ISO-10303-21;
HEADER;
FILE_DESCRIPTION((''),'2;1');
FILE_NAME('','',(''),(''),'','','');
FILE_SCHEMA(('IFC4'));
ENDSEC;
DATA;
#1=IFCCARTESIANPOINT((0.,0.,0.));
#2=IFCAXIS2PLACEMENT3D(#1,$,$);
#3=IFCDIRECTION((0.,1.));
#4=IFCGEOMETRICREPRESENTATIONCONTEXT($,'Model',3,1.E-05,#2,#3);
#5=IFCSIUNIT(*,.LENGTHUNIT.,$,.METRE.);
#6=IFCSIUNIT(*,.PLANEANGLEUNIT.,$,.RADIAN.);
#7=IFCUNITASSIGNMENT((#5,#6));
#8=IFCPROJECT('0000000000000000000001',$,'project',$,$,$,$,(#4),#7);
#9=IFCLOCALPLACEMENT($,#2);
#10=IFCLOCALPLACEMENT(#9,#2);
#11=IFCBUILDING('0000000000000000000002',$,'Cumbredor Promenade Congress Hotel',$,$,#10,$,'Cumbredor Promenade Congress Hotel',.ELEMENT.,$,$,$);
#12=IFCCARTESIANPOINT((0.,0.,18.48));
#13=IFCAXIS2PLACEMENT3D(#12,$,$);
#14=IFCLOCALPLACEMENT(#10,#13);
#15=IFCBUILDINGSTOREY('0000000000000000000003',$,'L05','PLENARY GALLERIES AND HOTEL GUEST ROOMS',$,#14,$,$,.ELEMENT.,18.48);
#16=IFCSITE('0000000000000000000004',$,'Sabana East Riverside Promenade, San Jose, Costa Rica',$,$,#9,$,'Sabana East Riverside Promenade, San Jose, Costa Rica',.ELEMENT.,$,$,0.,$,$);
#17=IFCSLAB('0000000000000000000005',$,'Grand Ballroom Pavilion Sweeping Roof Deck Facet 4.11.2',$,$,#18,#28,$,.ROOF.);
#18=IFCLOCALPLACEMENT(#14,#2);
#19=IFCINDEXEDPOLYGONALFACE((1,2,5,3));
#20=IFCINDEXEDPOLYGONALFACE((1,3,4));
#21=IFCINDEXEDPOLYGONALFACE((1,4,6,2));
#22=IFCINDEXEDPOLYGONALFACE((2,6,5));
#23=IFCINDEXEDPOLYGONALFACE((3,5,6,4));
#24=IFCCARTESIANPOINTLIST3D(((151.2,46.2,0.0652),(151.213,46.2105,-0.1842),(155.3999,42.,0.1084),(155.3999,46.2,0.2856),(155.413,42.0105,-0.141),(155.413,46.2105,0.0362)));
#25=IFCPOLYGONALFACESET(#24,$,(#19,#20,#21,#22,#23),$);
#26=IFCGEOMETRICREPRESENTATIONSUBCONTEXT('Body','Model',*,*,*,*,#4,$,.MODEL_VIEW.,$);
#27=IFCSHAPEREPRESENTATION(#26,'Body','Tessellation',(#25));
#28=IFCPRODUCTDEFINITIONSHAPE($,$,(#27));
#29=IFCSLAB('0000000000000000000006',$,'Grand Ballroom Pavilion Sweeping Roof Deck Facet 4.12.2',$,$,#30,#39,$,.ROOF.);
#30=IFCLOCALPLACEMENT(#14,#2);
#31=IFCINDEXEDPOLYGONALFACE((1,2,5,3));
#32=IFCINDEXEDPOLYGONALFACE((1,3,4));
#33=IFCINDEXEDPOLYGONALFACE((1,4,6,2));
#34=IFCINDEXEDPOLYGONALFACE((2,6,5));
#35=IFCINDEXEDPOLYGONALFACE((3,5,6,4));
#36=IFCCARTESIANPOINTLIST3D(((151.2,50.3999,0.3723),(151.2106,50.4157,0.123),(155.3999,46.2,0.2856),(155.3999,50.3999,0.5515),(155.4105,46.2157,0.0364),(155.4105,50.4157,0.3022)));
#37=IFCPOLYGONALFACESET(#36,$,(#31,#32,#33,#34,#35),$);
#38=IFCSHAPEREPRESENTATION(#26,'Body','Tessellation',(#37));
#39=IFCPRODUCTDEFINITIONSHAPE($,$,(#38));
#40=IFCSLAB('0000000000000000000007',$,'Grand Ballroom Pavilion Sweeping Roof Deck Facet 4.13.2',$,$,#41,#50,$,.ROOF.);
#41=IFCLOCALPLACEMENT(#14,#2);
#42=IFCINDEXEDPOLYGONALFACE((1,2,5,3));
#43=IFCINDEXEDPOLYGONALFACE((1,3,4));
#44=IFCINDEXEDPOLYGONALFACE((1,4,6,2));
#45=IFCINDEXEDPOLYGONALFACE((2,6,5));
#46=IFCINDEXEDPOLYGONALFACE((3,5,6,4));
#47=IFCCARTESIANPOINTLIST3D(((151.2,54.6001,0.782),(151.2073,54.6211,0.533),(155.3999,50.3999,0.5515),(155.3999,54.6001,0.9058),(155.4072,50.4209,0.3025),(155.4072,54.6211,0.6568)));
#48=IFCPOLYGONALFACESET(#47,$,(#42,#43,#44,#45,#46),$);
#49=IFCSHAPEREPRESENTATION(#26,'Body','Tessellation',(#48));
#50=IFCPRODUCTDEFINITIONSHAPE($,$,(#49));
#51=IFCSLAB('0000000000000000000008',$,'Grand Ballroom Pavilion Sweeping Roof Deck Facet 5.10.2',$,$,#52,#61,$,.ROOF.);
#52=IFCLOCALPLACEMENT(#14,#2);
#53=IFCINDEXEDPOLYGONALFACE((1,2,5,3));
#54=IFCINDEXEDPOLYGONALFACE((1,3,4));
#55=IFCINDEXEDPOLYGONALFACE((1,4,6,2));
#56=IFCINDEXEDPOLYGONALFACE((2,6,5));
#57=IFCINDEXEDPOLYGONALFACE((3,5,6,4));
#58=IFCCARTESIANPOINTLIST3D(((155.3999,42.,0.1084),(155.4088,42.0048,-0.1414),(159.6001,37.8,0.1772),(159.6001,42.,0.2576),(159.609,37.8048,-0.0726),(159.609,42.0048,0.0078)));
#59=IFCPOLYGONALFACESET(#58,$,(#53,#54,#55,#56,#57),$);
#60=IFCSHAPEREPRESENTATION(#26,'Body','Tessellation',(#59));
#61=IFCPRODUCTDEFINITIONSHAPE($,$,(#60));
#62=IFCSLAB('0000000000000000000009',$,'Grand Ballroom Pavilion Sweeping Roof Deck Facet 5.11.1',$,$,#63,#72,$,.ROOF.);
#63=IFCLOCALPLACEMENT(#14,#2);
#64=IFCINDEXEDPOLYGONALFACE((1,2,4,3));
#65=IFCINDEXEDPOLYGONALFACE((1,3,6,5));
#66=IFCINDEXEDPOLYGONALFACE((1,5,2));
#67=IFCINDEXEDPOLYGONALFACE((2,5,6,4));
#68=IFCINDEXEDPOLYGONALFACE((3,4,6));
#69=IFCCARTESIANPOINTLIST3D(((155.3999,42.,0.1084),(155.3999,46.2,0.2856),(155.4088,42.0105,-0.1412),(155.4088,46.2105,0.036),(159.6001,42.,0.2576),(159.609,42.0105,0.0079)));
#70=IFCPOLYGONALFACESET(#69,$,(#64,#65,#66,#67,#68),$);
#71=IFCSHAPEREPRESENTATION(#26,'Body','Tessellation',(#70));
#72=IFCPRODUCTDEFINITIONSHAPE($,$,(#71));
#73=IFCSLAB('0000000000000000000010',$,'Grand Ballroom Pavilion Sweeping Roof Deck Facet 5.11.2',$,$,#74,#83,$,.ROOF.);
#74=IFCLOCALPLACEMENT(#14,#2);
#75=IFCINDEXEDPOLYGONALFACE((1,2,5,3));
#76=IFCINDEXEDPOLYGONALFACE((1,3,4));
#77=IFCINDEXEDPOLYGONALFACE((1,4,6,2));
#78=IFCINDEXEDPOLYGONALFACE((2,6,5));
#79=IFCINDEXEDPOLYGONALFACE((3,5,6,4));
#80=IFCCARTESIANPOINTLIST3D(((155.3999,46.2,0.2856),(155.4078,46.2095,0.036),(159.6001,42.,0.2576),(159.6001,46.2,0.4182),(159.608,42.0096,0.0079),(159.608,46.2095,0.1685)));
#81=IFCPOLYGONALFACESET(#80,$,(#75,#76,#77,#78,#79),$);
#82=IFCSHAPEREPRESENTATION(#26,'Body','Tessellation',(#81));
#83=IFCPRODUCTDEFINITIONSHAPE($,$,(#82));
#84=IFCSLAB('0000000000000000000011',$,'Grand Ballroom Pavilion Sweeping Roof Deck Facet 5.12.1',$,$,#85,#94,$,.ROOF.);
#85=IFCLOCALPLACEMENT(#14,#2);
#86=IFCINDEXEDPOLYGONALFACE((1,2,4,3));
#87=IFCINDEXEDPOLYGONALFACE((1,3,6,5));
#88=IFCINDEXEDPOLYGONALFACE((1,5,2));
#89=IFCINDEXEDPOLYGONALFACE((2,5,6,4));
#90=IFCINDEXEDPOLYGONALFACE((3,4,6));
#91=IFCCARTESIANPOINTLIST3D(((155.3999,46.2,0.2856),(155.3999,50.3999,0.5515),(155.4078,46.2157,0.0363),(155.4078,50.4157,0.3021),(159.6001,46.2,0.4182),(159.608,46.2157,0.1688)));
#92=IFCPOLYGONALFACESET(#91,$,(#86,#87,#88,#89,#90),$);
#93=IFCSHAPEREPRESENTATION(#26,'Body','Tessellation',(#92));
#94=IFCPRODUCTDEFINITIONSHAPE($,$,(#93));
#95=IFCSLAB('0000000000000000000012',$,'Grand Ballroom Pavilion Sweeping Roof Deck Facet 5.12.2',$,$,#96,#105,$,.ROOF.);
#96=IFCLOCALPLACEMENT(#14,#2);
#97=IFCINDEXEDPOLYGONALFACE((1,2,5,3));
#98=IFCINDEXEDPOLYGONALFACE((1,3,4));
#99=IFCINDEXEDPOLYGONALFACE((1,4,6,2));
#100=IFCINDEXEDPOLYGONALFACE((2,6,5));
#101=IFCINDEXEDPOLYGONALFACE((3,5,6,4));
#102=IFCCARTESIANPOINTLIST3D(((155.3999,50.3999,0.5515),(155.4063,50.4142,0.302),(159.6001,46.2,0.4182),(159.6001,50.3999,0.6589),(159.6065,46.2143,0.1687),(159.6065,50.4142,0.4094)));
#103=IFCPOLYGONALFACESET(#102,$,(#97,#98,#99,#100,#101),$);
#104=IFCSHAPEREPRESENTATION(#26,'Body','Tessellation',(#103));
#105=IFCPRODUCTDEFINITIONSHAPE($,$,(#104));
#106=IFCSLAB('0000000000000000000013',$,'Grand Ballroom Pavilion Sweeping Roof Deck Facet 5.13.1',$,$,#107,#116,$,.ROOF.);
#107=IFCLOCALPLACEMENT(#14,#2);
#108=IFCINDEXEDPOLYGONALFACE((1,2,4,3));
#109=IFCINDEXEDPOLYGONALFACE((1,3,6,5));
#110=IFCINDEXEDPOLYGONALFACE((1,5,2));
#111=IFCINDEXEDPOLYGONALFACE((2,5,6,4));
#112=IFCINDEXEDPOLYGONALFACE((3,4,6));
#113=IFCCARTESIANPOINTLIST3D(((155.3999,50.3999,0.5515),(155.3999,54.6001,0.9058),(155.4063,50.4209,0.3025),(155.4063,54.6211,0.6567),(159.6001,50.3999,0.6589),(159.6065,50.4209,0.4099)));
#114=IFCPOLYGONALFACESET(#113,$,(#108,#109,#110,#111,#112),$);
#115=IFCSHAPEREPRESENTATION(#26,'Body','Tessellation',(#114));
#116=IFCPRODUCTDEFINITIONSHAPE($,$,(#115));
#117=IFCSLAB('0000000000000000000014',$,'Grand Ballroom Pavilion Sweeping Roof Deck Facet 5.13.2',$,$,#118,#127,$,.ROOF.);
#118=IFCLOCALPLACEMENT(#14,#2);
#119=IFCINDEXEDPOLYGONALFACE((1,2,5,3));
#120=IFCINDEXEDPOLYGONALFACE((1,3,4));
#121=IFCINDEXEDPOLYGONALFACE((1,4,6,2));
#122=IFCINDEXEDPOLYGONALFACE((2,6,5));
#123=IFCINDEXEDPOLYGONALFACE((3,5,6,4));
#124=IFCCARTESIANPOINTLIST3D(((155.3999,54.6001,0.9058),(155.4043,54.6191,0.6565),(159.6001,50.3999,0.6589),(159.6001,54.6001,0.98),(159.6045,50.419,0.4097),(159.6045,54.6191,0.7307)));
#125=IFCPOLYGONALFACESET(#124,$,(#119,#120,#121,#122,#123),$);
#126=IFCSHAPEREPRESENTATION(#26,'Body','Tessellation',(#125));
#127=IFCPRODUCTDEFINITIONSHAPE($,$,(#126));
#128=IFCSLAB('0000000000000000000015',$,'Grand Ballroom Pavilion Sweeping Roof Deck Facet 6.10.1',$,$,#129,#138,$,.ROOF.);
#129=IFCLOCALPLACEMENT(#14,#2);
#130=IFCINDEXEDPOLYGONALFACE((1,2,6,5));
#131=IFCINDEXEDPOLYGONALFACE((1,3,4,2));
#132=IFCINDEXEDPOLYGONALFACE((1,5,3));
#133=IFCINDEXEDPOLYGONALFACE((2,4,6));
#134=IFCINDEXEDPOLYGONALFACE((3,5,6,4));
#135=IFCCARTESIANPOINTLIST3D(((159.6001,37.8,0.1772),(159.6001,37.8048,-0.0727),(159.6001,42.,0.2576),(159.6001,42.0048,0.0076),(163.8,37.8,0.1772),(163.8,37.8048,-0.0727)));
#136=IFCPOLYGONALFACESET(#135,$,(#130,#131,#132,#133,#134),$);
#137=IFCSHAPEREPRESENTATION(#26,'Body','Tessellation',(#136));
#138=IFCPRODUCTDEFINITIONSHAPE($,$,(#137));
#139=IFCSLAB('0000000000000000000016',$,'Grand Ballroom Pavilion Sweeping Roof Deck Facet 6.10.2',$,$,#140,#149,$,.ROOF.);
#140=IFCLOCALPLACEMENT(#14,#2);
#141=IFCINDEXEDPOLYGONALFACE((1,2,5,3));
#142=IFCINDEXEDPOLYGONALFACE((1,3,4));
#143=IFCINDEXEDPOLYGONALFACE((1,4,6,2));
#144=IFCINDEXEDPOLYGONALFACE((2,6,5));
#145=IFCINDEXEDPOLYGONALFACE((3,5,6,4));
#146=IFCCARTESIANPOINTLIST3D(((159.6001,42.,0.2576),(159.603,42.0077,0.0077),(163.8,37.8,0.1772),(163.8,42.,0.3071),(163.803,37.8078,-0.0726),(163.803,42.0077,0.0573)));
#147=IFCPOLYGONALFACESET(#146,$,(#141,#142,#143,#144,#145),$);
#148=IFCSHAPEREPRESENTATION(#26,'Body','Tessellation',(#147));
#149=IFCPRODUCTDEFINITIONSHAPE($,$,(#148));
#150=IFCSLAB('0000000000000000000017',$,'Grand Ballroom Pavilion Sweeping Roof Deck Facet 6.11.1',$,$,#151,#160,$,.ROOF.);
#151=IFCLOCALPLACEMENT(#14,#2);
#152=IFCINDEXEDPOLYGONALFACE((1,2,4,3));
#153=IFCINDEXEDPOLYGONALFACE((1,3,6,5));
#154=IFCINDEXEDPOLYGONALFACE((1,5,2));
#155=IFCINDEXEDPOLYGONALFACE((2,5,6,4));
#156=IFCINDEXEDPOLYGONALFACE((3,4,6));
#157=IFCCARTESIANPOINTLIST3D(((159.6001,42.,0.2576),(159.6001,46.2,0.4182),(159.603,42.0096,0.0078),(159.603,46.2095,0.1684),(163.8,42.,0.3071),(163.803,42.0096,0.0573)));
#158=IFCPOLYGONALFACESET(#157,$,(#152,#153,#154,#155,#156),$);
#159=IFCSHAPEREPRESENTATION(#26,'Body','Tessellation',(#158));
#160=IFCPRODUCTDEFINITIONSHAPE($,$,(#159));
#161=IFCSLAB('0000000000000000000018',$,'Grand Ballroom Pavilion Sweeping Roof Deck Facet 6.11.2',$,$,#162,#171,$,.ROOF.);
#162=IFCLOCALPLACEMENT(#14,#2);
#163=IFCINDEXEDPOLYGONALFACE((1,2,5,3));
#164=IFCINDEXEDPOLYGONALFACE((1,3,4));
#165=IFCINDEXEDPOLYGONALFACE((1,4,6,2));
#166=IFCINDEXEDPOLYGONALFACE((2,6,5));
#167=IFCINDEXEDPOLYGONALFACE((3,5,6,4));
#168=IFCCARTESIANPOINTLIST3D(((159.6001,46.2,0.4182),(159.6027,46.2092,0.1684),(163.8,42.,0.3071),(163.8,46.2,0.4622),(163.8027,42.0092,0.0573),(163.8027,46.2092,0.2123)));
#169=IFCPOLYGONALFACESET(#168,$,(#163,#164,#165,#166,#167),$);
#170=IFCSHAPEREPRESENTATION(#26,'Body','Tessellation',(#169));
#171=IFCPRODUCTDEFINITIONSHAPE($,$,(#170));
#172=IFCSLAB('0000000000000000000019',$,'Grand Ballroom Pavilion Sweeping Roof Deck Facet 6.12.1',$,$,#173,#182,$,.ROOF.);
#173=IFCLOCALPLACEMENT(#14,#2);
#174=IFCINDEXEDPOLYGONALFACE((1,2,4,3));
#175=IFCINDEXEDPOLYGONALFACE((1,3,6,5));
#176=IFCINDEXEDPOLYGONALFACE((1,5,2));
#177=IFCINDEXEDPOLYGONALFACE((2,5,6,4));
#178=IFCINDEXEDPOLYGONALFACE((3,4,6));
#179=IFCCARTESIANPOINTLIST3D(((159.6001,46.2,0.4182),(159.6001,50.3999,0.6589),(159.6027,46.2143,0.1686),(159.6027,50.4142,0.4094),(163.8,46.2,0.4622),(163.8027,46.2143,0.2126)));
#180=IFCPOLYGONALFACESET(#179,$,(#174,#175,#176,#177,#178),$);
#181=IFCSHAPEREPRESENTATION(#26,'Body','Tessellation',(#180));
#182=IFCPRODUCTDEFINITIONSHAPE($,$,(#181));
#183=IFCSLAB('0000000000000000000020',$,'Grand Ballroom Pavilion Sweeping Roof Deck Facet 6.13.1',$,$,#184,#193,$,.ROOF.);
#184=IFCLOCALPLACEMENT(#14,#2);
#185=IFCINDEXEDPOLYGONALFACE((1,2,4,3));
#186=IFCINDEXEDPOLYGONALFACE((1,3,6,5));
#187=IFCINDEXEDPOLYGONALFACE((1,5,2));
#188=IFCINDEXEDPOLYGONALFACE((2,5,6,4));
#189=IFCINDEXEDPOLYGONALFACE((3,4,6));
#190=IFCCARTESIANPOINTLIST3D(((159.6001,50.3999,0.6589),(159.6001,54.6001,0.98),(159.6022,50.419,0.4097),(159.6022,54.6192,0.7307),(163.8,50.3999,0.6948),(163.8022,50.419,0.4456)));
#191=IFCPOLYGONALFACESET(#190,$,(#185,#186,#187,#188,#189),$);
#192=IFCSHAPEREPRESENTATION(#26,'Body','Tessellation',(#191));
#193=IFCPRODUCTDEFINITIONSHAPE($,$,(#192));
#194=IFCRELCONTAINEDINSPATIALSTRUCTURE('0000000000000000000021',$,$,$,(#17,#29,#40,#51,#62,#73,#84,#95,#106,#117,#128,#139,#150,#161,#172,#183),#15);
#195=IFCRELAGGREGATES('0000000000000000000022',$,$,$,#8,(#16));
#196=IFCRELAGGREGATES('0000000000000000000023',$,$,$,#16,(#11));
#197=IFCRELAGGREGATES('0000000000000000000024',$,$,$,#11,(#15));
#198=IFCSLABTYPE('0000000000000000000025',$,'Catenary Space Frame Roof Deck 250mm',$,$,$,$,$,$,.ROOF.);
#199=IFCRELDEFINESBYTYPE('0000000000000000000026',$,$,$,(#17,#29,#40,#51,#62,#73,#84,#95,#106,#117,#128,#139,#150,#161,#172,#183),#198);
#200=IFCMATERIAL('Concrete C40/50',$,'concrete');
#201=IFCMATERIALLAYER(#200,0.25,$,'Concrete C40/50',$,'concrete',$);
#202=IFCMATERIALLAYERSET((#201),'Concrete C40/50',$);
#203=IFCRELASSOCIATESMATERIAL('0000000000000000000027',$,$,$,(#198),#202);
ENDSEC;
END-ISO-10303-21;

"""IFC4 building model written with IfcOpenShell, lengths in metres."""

from ifc_helpers import new_model, si_unit, direction, frame, origin, place, context, subcontext, project, spatial, polyline, outline, extrude, material, layer, layer_set, type_object, element, save


model = new_model("IFC4")

# Units and contexts
model_context = context("Model", 3, precision=1e-05, world=origin(), true_north=direction((0.0, 1.0)))
body_context = subcontext(model_context, "Body", "Model", "MODEL_VIEW")
ifc_project = project(units=[si_unit("LENGTHUNIT", "METRE"), si_unit("PLANEANGLEUNIT", "RADIAN")], contexts=[model_context])

# Site, building, storey
site_placement = place(None, origin())
site = spatial("IfcSite", under=ifc_project, at=site_placement, Name="Sabana East Riverside Promenade, San Jose, Costa Rica", LongName="Sabana East Riverside Promenade, San Jose, Costa Rica", CompositionType="ELEMENT", RefElevation=0.0)
building_placement = place(site_placement, origin())
building = spatial("IfcBuilding", under=site, at=building_placement, Name="Cumbredor Promenade Congress Hotel", LongName="Cumbredor Promenade Congress Hotel", CompositionType="ELEMENT")
storey_placement = place(building_placement, frame((0.0, 0.0, 18.48)))
storey = spatial("IfcBuildingStorey", under=building, at=storey_placement, Name="L05", Description="PLENARY GALLERIES AND HOTEL GUEST ROOMS", CompositionType="ELEMENT", Elevation=18.48)

# Slabs
ifc_material_1 = material(Name="Concrete C40/50", Category="concrete")
ifc_layer_1 = layer(ifc_material_1, 0.25, Name="Concrete C40/50", Category="concrete")
ifc_layer_set_1 = layer_set([ifc_layer_1], Name="Concrete C40/50")
slab_type = type_object("IfcSlabType", Name="Catenary Space Frame Roof Deck 250mm", PredefinedType="ROOF", material=ifc_layer_set_1)
slab_1_placement = place(storey_placement, frame((155.3999, 42.0, 0.1084), z_axis=(-0.052372, -0.042107, 0.99774), x_axis=(0.0, 0.999111, 0.042164)))
element("IfcSlab", 1, at=slab_1_placement, inside=storey, type_object=slab_type, Name="Grand Ballroom Pavilion Sweeping Roof Deck Facet 4.11.2", PredefinedType="ROOF", context=body_context, shape_type="SweptSolid", body=[
    extrude(outline(polyline([(0.0, 0.0), (4.2037, 0.0), (4.1944, 4.2057), (0.0, 0.0)])), origin(), (0.0, 0.0, -1.0), 0.25),
])
slab_2_placement = place(storey_placement, frame((155.3999, 46.2, 0.2856), z_axis=(-0.042543, -0.063119, 0.997099), x_axis=(0.0, 0.998002, 0.063176)))
element("IfcSlab", 2, at=slab_2_placement, inside=storey, type_object=slab_type, Name="Grand Ballroom Pavilion Sweeping Roof Deck Facet 4.12.2", PredefinedType="ROOF", context=body_context, shape_type="SweptSolid", body=[
    extrude(outline(polyline([(0.0, 0.0), (4.2084, 0.0), (4.197, 4.2038), (0.0, 0.0)])), origin(), (0.0, 0.0, -1.0), 0.25),
])
slab_3_placement = place(storey_placement, frame((155.3999, 50.3999, 0.5515), z_axis=(-0.029355, -0.084006, 0.996033), x_axis=(0.0, 0.996462, 0.084042)))
element("IfcSlab", 3, at=slab_3_placement, inside=storey, type_object=slab_type, Name="Grand Ballroom Pavilion Sweeping Roof Deck Facet 4.13.2", PredefinedType="ROOF", context=body_context, shape_type="SweptSolid", body=[
    extrude(outline(polyline([(0.0, 0.0), (4.2151, 0.0), (4.2047, 4.2018), (0.0, 0.0)])), origin(), (0.0, 0.0, -1.0), 0.25),
])
slab_4_placement = place(storey_placement, frame((159.6001, 37.8, 0.1772), z_axis=(-0.035486, -0.019109, 0.999187), x_axis=(0.0, 0.999817, 0.019121)))
element("IfcSlab", 4, at=slab_4_placement, inside=storey, type_object=slab_type, Name="Grand Ballroom Pavilion Sweeping Roof Deck Facet 5.10.2", PredefinedType="ROOF", context=body_context, shape_type="SweptSolid", body=[
    extrude(outline(polyline([(0.0, 0.0), (4.2007, 0.0), (4.1979, 4.2028), (0.0, 0.0)])), origin(), (0.0, 0.0, -1.0), 0.25),
])
slab_5_placement = place(storey_placement, frame((155.3999, 42.0, 0.1084), z_axis=(-0.035461, -0.042138, 0.998482), x_axis=(0.99937, 0.0, 0.035493)))
element("IfcSlab", 5, at=slab_5_placement, inside=storey, type_object=slab_type, Name="Grand Ballroom Pavilion Sweeping Roof Deck Facet 5.11.1", PredefinedType="ROOF", context=body_context, shape_type="SweptSolid", body=[
    extrude(outline(polyline([(0.0, 0.0), (4.2028, 0.0), (0.0063, 4.2037), (0.0, 0.0)])), origin(), (0.0, 0.0, -1.0), 0.25),
])
slab_6_placement = place(storey_placement, frame((159.6001, 42.0, 0.2576), z_axis=(-0.031524, -0.038202, 0.998773), x_axis=(0.0, 0.999269, 0.038221)))
element("IfcSlab", 6, at=slab_6_placement, inside=storey, type_object=slab_type, Name="Grand Ballroom Pavilion Sweeping Roof Deck Facet 5.11.2", PredefinedType="ROOF", context=body_context, shape_type="SweptSolid", body=[
    extrude(outline(polyline([(0.0, 0.0), (4.203, 0.0), (4.198, 4.2023), (0.0, 0.0)])), origin(), (0.0, 0.0, -1.0), 0.25),
])
slab_7_placement = place(storey_placement, frame((155.3999, 46.2, 0.2856), z_axis=(-0.031484, -0.063145, 0.997508), x_axis=(0.999502, 0.0, 0.031547)))
element("IfcSlab", 7, at=slab_7_placement, inside=storey, type_object=slab_type, Name="Grand Ballroom Pavilion Sweeping Roof Deck Facet 5.12.1", PredefinedType="ROOF", context=body_context, shape_type="SweptSolid", body=[
    extrude(outline(polyline([(0.0, 0.0), (4.2023, 0.0), (0.0084, 4.2083), (0.0, 0.0)])), origin(), (0.0, 0.0, -1.0), 0.25),
])
slab_8_placement = place(storey_placement, frame((159.6001, 46.2, 0.4182), z_axis=(-0.025525, -0.057203, 0.998036), x_axis=(0.0, 0.998361, 0.057222)))
element("IfcSlab", 8, at=slab_8_placement, inside=storey, type_object=slab_type, Name="Grand Ballroom Pavilion Sweeping Roof Deck Facet 5.12.2", PredefinedType="ROOF", context=body_context, shape_type="SweptSolid", body=[
    extrude(outline(polyline([(0.0, 0.0), (4.2068, 0.0), (4.2007, 4.2016), (0.0, 0.0)])), origin(), (0.0, 0.0, -1.0), 0.25),
])
slab_9_placement = place(storey_placement, frame((155.3999, 50.3999, 0.5515), z_axis=(-0.025477, -0.084015, 0.996139), x_axis=(0.999673, 0.0, 0.025567)))
element("IfcSlab", 9, at=slab_9_placement, inside=storey, type_object=slab_type, Name="Grand Ballroom Pavilion Sweeping Roof Deck Facet 5.13.1", PredefinedType="ROOF", context=body_context, shape_type="SweptSolid", body=[
    extrude(outline(polyline([(0.0, 0.0), (4.2016, 0.0), (0.0091, 4.2151), (0.0, 0.0)])), origin(), (0.0, 0.0, -1.0), 0.25),
])
slab_10_placement = place(storey_placement, frame((159.6001, 50.3999, 0.6589), z_axis=(-0.017616, -0.076202, 0.996937), x_axis=(0.0, 0.997092, 0.076213)))
element("IfcSlab", 10, at=slab_10_placement, inside=storey, type_object=slab_type, Name="Grand Ballroom Pavilion Sweeping Roof Deck Facet 5.13.2", PredefinedType="ROOF", context=body_context, shape_type="SweptSolid", body=[
    extrude(outline(polyline([(0.0, 0.0), (4.2124, 0.0), (4.2068, 4.2008), (0.0, 0.0)])), origin(), (0.0, 0.0, -1.0), 0.25),
])
slab_11_placement = place(storey_placement, frame((159.6001, 37.8, 0.1772), z_axis=(0.0, -0.019121, 0.999817), x_axis=(1.0, 0.0, 0.0)))
element("IfcSlab", 11, at=slab_11_placement, inside=storey, type_object=slab_type, Name="Grand Ballroom Pavilion Sweeping Roof Deck Facet 6.10.1", PredefinedType="ROOF", context=body_context, shape_type="SweptSolid", body=[
    extrude(outline(polyline([(0.0, 0.0), (4.2, 0.0), (0.0, 4.2007), (0.0, 0.0)])), origin(), (0.0, 0.0, -1.0), 0.25),
])
slab_12_placement = place(storey_placement, frame((163.8, 37.8, 0.1772), z_axis=(-0.011794, -0.030908, 0.999453), x_axis=(0.0, 0.999522, 0.03091)))
element("IfcSlab", 12, at=slab_12_placement, inside=storey, type_object=slab_type, Name="Grand Ballroom Pavilion Sweeping Roof Deck Facet 6.10.2", PredefinedType="ROOF", context=body_context, shape_type="SweptSolid", body=[
    extrude(outline(polyline([(0.0, 0.0), (4.202, 0.0), (4.2004, 4.2002), (0.0, 0.0)])), origin(), (0.0, 0.0, -1.0), 0.25),
])
slab_13_placement = place(storey_placement, frame((159.6001, 42.0, 0.2576), z_axis=(-0.011791, -0.038219, 0.9992), x_axis=(0.99993, 0.0, 0.011799)))
element("IfcSlab", 13, at=slab_13_placement, inside=storey, type_object=slab_type, Name="Grand Ballroom Pavilion Sweeping Roof Deck Facet 6.11.1", PredefinedType="ROOF", context=body_context, shape_type="SweptSolid", body=[
    extrude(outline(polyline([(0.0, 0.0), (4.2002, 0.0), (0.0019, 4.203), (0.0, 0.0)])), origin(), (0.0, 0.0, -1.0), 0.25),
])
slab_14_placement = place(storey_placement, frame((163.8, 42.0, 0.3071), z_axis=(-0.010456, -0.036885, 0.999265), x_axis=(0.0, 0.999319, 0.036887)))
element("IfcSlab", 14, at=slab_14_placement, inside=storey, type_object=slab_type, Name="Grand Ballroom Pavilion Sweeping Roof Deck Facet 6.11.2", PredefinedType="ROOF", context=body_context, shape_type="SweptSolid", body=[
    extrude(outline(polyline([(0.0, 0.0), (4.2028, 0.0), (4.2012, 4.2002), (0.0, 0.0)])), origin(), (0.0, 0.0, -1.0), 0.25),
])
slab_15_placement = place(storey_placement, frame((159.6001, 46.2, 0.4182), z_axis=(-0.010446, -0.057219, 0.998307), x_axis=(0.999945, 0.0, 0.010463)))
element("IfcSlab", 15, at=slab_15_placement, inside=storey, type_object=slab_type, Name="Grand Ballroom Pavilion Sweeping Roof Deck Facet 6.12.1", PredefinedType="ROOF", context=body_context, shape_type="SweptSolid", body=[
    extrude(outline(polyline([(0.0, 0.0), (4.2002, 0.0), (0.0025, 4.2068), (0.0, 0.0)])), origin(), (0.0, 0.0, -1.0), 0.25),
])
slab_16_placement = place(storey_placement, frame((159.6001, 50.3999, 0.6589), z_axis=(-0.00852, -0.076211, 0.997055), x_axis=(0.999963, 0.0, 0.008545)))
element("IfcSlab", 16, at=slab_16_placement, inside=storey, type_object=slab_type, Name="Grand Ballroom Pavilion Sweeping Roof Deck Facet 6.13.1", PredefinedType="ROOF", context=body_context, shape_type="SweptSolid", body=[
    extrude(outline(polyline([(0.0, 0.0), (4.2001, 0.0), (0.0027, 4.2124), (0.0, 0.0)])), origin(), (0.0, 0.0, -1.0), 0.25),
])

save(model, "model.ifc")
